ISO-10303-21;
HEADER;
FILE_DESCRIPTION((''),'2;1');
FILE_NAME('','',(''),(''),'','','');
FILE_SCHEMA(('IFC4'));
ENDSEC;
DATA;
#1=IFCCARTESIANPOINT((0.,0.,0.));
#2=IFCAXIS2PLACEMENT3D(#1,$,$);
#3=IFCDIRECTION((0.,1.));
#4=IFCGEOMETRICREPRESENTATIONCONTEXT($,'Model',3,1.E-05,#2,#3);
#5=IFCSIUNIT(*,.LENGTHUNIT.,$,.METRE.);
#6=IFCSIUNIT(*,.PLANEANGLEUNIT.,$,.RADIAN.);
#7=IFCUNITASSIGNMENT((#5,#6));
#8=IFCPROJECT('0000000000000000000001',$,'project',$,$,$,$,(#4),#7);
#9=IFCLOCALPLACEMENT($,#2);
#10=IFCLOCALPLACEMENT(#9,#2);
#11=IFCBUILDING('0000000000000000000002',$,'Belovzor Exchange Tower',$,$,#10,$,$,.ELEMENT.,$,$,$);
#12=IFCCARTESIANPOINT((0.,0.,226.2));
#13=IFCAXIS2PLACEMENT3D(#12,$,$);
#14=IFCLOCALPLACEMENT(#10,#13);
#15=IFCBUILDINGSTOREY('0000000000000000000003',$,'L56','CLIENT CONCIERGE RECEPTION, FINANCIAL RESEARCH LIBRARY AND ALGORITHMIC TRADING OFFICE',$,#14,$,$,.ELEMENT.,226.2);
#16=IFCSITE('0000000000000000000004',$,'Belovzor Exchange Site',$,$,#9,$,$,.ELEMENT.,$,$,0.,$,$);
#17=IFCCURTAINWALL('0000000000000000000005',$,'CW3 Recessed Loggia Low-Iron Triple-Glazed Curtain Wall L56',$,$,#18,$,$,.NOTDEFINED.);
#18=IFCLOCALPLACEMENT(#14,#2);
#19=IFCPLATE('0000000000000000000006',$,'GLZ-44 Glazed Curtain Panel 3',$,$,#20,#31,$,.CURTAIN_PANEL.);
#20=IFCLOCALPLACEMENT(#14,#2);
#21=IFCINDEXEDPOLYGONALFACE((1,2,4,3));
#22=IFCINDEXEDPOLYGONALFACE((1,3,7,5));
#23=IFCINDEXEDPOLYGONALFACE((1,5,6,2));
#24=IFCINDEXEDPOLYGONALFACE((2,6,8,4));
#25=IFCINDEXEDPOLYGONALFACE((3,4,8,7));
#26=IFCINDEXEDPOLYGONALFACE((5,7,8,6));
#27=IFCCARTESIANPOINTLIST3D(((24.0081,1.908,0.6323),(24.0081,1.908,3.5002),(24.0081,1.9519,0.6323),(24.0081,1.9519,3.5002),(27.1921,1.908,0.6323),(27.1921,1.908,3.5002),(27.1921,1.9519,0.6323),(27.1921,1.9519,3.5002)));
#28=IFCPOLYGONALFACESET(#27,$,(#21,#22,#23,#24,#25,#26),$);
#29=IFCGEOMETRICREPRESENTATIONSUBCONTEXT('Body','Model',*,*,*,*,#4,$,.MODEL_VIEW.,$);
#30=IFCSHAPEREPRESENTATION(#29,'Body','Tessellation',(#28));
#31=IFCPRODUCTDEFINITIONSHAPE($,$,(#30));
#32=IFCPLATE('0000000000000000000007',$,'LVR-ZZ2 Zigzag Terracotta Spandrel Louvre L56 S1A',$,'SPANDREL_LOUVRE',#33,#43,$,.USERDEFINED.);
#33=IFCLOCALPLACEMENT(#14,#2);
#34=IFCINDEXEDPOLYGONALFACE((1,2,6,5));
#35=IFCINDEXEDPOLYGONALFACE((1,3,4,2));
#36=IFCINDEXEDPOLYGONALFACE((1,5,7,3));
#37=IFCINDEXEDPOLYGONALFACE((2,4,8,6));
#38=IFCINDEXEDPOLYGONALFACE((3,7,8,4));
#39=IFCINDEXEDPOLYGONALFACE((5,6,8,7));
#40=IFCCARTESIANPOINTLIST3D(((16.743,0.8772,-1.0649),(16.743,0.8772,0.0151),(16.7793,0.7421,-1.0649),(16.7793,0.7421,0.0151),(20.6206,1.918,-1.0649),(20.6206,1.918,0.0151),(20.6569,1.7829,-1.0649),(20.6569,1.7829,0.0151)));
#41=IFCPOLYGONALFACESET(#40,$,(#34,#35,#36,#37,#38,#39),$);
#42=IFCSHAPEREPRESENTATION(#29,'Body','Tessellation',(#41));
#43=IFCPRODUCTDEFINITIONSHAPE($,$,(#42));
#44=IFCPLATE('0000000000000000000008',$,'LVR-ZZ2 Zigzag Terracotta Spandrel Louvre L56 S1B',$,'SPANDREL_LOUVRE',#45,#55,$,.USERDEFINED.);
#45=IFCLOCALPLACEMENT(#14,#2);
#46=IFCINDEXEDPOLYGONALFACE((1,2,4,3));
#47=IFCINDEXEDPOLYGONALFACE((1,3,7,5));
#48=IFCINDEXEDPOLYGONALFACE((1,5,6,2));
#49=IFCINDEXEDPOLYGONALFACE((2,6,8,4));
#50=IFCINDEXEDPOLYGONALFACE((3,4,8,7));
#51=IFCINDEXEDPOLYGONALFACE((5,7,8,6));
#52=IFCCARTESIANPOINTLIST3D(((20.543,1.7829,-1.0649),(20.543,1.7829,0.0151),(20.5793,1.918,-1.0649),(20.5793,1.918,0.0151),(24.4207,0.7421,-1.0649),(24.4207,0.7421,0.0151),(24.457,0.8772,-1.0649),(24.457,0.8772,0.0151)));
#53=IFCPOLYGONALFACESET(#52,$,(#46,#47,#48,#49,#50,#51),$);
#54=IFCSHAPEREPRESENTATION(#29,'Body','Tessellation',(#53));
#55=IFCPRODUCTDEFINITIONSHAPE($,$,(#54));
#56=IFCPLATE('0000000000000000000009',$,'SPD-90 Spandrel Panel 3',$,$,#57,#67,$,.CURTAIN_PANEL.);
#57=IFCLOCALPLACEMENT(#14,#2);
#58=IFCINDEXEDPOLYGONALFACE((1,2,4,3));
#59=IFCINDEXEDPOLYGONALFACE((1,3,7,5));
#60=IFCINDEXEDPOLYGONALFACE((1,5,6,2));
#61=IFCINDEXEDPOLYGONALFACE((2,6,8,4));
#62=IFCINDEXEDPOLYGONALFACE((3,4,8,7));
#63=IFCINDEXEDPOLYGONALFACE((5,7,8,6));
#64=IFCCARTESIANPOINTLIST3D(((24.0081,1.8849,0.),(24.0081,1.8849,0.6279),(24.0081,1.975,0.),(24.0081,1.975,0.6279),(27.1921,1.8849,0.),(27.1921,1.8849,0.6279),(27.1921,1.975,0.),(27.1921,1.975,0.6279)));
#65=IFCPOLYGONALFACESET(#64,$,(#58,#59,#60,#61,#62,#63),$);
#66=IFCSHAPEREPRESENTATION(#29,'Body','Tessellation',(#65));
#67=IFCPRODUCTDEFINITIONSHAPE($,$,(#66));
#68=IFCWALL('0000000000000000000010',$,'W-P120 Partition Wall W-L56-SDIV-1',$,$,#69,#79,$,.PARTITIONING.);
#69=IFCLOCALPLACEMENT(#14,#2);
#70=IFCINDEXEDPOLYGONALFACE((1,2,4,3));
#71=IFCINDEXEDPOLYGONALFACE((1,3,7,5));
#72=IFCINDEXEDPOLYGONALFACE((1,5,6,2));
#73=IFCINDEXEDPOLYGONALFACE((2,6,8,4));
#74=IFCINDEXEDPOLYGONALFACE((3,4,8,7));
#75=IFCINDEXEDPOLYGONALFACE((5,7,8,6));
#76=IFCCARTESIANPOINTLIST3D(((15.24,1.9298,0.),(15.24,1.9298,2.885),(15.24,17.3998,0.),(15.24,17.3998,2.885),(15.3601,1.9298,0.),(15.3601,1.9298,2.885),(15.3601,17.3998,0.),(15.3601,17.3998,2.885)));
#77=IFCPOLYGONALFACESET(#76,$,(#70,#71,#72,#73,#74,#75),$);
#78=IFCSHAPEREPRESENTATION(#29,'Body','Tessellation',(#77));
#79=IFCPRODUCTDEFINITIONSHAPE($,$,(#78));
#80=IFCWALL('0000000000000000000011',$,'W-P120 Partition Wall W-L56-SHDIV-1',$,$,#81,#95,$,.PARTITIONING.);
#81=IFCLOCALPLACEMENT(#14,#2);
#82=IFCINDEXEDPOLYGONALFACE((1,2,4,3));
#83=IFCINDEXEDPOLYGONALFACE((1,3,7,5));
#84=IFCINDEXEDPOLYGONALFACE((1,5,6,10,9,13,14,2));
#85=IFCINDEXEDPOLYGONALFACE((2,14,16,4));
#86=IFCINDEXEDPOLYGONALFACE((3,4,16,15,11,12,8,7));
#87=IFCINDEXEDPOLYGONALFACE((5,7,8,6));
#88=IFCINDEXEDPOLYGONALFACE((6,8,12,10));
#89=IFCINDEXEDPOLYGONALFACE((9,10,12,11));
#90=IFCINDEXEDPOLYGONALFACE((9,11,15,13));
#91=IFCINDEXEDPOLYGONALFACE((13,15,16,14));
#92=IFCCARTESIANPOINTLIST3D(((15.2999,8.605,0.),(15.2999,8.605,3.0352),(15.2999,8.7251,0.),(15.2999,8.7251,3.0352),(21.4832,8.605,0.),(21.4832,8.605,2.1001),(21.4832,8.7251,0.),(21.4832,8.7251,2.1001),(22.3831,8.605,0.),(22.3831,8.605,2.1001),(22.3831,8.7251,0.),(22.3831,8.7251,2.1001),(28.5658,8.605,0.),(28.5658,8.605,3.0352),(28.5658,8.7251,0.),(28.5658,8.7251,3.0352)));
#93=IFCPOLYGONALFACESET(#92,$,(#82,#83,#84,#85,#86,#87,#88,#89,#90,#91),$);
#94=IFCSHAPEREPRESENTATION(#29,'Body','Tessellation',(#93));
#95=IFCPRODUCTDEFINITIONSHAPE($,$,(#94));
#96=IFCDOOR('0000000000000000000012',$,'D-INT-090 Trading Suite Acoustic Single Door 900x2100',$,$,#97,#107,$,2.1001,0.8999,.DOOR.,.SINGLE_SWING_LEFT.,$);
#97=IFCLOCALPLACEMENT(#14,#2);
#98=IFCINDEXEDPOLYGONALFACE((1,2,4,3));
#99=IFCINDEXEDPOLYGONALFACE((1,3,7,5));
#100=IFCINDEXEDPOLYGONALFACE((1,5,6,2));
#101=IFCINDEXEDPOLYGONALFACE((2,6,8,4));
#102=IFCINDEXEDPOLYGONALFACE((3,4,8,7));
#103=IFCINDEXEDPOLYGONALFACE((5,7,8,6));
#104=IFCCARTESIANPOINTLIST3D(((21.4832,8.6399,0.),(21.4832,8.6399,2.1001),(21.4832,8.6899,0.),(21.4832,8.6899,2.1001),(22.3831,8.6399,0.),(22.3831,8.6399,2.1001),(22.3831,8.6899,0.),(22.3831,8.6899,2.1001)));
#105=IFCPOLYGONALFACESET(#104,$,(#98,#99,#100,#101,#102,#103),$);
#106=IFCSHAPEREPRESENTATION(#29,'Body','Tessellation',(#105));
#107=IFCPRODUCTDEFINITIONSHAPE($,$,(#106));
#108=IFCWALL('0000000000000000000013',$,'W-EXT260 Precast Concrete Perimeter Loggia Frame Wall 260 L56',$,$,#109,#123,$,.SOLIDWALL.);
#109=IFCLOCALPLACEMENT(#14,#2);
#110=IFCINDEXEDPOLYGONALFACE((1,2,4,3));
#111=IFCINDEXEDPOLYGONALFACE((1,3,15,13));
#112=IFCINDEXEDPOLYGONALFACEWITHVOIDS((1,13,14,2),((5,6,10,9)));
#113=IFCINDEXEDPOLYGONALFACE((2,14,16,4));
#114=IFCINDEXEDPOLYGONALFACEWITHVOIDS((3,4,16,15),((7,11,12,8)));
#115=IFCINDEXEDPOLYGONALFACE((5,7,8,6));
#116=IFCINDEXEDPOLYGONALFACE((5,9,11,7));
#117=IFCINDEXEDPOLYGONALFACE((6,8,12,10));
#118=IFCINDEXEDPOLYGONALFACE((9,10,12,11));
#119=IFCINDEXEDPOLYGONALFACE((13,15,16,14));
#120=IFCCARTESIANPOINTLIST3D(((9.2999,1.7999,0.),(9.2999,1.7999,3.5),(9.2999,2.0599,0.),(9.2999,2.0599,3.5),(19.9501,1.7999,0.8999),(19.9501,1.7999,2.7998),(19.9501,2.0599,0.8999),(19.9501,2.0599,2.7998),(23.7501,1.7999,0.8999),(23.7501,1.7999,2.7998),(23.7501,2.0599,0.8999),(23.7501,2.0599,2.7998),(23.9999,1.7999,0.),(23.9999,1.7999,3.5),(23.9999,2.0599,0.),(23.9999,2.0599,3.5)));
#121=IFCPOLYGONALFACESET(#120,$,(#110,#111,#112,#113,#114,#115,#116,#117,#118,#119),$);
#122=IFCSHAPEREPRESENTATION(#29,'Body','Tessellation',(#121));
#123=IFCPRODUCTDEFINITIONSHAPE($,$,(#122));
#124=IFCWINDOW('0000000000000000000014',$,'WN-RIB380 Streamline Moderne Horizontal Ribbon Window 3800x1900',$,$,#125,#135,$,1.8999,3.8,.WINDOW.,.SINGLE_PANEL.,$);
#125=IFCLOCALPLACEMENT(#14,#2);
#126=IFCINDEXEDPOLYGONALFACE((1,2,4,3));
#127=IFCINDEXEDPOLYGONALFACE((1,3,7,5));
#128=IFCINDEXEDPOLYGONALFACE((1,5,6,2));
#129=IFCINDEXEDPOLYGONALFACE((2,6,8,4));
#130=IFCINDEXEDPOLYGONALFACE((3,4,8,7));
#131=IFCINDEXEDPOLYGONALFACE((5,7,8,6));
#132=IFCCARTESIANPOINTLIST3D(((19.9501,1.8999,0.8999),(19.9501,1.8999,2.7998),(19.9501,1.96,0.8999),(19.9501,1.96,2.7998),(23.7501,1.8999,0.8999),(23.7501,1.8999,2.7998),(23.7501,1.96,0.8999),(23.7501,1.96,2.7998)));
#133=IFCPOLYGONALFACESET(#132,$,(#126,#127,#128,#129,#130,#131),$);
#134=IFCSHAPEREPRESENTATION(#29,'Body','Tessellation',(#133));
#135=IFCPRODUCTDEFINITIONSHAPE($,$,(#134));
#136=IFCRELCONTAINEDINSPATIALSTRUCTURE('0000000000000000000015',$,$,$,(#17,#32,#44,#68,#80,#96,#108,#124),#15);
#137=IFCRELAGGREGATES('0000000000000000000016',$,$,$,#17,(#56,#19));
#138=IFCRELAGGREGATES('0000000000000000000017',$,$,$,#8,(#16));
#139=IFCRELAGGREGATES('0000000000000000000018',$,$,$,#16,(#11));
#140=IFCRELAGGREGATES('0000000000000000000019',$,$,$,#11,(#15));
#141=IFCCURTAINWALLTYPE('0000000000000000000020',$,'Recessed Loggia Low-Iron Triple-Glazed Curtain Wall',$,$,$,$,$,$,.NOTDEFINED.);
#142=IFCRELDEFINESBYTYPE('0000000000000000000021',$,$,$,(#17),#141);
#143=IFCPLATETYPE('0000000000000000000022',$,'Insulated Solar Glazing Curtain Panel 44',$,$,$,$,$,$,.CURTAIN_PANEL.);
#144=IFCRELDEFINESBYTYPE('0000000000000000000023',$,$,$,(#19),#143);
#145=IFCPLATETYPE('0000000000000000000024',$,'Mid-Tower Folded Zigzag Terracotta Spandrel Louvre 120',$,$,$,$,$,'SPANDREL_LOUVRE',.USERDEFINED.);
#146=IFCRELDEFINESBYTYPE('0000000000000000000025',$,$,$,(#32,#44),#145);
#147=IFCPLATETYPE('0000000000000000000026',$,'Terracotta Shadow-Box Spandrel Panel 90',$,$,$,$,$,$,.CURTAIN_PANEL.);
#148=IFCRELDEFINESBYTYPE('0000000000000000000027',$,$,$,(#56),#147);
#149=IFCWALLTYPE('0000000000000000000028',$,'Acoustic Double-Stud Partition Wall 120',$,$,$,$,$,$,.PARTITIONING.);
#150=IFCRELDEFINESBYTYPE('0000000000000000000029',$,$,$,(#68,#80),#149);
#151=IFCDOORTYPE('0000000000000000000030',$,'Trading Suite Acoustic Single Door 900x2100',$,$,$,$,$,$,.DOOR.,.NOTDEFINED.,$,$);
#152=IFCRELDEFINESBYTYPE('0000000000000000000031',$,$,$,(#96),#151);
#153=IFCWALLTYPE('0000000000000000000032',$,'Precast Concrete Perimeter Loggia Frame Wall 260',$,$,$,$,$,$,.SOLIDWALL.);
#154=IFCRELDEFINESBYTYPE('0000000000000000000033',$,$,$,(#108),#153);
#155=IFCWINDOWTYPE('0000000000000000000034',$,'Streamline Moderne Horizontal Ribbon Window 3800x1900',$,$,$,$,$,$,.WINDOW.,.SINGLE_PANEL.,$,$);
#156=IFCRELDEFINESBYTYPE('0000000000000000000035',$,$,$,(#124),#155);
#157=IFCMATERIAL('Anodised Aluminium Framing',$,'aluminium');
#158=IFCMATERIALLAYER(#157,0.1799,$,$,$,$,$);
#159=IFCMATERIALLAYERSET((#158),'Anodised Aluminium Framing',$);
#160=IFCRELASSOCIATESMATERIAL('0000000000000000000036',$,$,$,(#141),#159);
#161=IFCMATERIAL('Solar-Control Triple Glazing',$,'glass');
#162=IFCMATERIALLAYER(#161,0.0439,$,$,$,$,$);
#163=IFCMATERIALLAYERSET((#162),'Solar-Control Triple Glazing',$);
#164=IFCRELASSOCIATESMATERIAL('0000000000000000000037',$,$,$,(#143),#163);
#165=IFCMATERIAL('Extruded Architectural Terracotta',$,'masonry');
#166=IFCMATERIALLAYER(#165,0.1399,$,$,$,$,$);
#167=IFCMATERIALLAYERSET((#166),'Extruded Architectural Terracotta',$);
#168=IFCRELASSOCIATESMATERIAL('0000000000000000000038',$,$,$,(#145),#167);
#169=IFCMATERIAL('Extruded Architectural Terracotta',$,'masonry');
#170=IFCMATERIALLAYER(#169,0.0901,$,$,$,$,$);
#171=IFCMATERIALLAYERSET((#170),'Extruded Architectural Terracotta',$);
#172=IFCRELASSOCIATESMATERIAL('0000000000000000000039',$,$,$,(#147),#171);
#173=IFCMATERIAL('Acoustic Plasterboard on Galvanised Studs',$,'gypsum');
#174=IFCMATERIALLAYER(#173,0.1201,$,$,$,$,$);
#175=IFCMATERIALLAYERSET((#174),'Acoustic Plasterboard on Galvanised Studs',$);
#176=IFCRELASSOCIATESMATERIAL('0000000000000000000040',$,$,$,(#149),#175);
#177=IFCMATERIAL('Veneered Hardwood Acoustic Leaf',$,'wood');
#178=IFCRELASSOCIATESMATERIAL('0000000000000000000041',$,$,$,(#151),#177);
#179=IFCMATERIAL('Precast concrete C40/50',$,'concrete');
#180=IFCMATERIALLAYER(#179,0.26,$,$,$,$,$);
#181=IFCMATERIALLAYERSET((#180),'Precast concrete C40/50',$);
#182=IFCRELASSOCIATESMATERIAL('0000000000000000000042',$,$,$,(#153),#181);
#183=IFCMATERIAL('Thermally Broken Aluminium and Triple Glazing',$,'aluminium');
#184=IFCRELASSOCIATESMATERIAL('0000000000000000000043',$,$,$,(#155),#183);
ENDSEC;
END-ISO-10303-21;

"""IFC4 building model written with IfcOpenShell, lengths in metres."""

from ifc_helpers import new_model, si_unit, direction, frame, frame_2d, origin, origin_2d, place, context, subcontext, project, spatial, rectangle, extrude, material, layer, layer_set, type_object, element, fill, aggregate, save


model = new_model("IFC4")

# Units and contexts
model_context = context("Model", 3, precision=1e-05, world=origin(), true_north=direction((0.0, 1.0)))
body_context = subcontext(model_context, "Body", "Model", "MODEL_VIEW")
ifc_project = project(units=[si_unit("LENGTHUNIT", "METRE"), si_unit("PLANEANGLEUNIT", "RADIAN")], contexts=[model_context])

# Site, building, storey
site_placement = place(None, origin())
site = spatial("IfcSite", under=ifc_project, at=site_placement, Name="Belovzor Exchange Site", CompositionType="ELEMENT", RefElevation=0.0)
building_placement = place(site_placement, origin())
building = spatial("IfcBuilding", under=site, at=building_placement, Name="Belovzor Exchange Tower", CompositionType="ELEMENT")
storey_placement = place(building_placement, frame((0.0, 0.0, 226.2)))
storey = spatial("IfcBuildingStorey", under=building, at=storey_placement, Name="L56", Description="CLIENT CONCIERGE RECEPTION, FINANCIAL RESEARCH LIBRARY AND ALGORITHMIC TRADING OFFICE", CompositionType="ELEMENT", Elevation=226.2)

# Curtain wall
ifc_material_1 = material(Name="Anodised Aluminium Framing", Category="aluminium")
ifc_layer_1 = layer(ifc_material_1, 0.1799)
ifc_layer_set_1 = layer_set([ifc_layer_1], Name="Anodised Aluminium Framing")
curtain_wall_type = type_object("IfcCurtainWallType", Name="Recessed Loggia Low-Iron Triple-Glazed Curtain Wall", PredefinedType="NOTDEFINED", material=ifc_layer_set_1)
curtain_wall_placement = place(storey_placement, origin())
curtain_wall = element("IfcCurtainWall", 1, at=curtain_wall_placement, inside=storey, type_object=curtain_wall_type, Name="CW3 Recessed Loggia Low-Iron Triple-Glazed Curtain Wall L56", PredefinedType="NOTDEFINED")

# Plate
ifc_material_2 = material(Name="Solar-Control Triple Glazing", Category="glass")
ifc_layer_2 = layer(ifc_material_2, 0.0439)
ifc_layer_set_2 = layer_set([ifc_layer_2], Name="Solar-Control Triple Glazing")
plate_type_1 = type_object("IfcPlateType", Name="Insulated Solar Glazing Curtain Panel 44", PredefinedType="CURTAIN_PANEL", material=ifc_layer_set_2)
plate_1_placement = place(storey_placement, frame((25.6001, 1.9299, 0.6323), z_axis=(0.0, 0.0, 1.0), x_axis=(-1.0, 0.0, 0.0)))
plate_1 = element("IfcPlate", 2, at=plate_1_placement, type_object=plate_type_1, Name="GLZ-44 Glazed Curtain Panel 3", PredefinedType="CURTAIN_PANEL", context=body_context, shape_type="SweptSolid", body=[
    extrude(rectangle(XDim=3.1841, YDim=0.0439, at=origin_2d()), origin(), (0.0, 0.0, 1.0), 2.8679),
])

# Plates
ifc_material_3 = material(Name="Extruded Architectural Terracotta", Category="masonry")
ifc_layer_3 = layer(ifc_material_3, 0.1399)
ifc_layer_set_3 = layer_set([ifc_layer_3], Name="Extruded Architectural Terracotta")
plate_type_2 = type_object("IfcPlateType", Name="Mid-Tower Folded Zigzag Terracotta Spandrel Louvre 120", ElementType="SPANDREL_LOUVRE", PredefinedType="USERDEFINED", material=ifc_layer_set_3)
for number, where, z_axis, x_axis, name in (
    (3, (18.7, 1.3301, -1.0649), (0.0, 0.0, 1.0), (0.965813, 0.25924, 0.0), "LVR-ZZ2 Zigzag Terracotta Spandrel Louvre L56 S1A"),
    (4, (22.5, 1.3301, -1.0649), (0.0, 0.0, 1.0), (0.965813, -0.25924, 0.0), "LVR-ZZ2 Zigzag Terracotta Spandrel Louvre L56 S1B"),
):
    element("IfcPlate", number, at=place(storey_placement, frame(where, z_axis=z_axis, x_axis=x_axis)), inside=storey, type_object=plate_type_2, Name=name, ObjectType="SPANDREL_LOUVRE", PredefinedType="USERDEFINED", context=body_context, shape_type="SweptSolid", body=[
        extrude(rectangle(XDim=4.0149, YDim=0.1399, at=origin_2d()), origin(), (0.0, 0.0, 1.0), 1.0801),
    ])

# Plate
ifc_material_4 = material(Name="Extruded Architectural Terracotta", Category="masonry")
ifc_layer_4 = layer(ifc_material_4, 0.0901)
ifc_layer_set_4 = layer_set([ifc_layer_4], Name="Extruded Architectural Terracotta")
plate_type_3 = type_object("IfcPlateType", Name="Terracotta Shadow-Box Spandrel Panel 90", PredefinedType="CURTAIN_PANEL", material=ifc_layer_set_4)
plate_2_placement = place(storey_placement, frame((25.6001, 1.9299, 0.0), z_axis=(0.0, 0.0, 1.0), x_axis=(-1.0, 0.0, 0.0)))
plate_2 = element("IfcPlate", 5, at=plate_2_placement, type_object=plate_type_3, Name="SPD-90 Spandrel Panel 3", PredefinedType="CURTAIN_PANEL", context=body_context, shape_type="SweptSolid", body=[
    extrude(rectangle(XDim=3.1841, YDim=0.0901, at=origin_2d()), origin(), (0.0, 0.0, 1.0), 0.6279),
])
aggregate(curtain_wall, [plate_2, plate_1])

# Wall
ifc_material_5 = material(Name="Acoustic Plasterboard on Galvanised Studs", Category="gypsum")
ifc_layer_5 = layer(ifc_material_5, 0.1201)
ifc_layer_set_5 = layer_set([ifc_layer_5], Name="Acoustic Plasterboard on Galvanised Studs")
wall_type_1 = type_object("IfcWallType", Name="Acoustic Double-Stud Partition Wall 120", PredefinedType="PARTITIONING", material=ifc_layer_set_5)
wall_1_placement = place(storey_placement, frame((15.3, 1.9299, 0.0), z_axis=(0.0, 0.0, 1.0), x_axis=(0.0, 1.0, 0.0)))
element("IfcWall", 6, at=wall_1_placement, inside=storey, type_object=wall_type_1, Name="W-P120 Partition Wall W-L56-SDIV-1", PredefinedType="PARTITIONING", context=body_context, shape_type="SweptSolid", body=[
    extrude(rectangle(XDim=15.47, YDim=0.1201, at=frame_2d((7.7349, 0.0))), origin(), (0.0, 0.0, 1.0), 2.885),
])

# Wall, opening, door
wall_2_placement = place(storey_placement, frame((15.3, 8.665, 0.0), z_axis=(0.0, 0.0, 1.0), x_axis=(1.0, 0.0, 0.0)))
wall_2 = element("IfcWall", 7, at=wall_2_placement, inside=storey, type_object=wall_type_1, Name="W-P120 Partition Wall W-L56-SHDIV-1", PredefinedType="PARTITIONING", context=body_context, shape_type="SweptSolid", body=[
    extrude(rectangle(XDim=13.2659, YDim=0.1201, at=frame_2d((6.6328, 0.0))), origin(), (0.0, 0.0, 1.0), 3.0352),
])
opening_1_placement = place(wall_2_placement, frame((6.1831, 0.0, 0.0)))
opening_1 = element("IfcOpeningElement", 8, at=opening_1_placement, cuts=wall_2, PredefinedType="OPENING", context=body_context, shape_type="SweptSolid", body=[
    extrude(rectangle(XDim=0.8999, YDim=2.1001, at=frame_2d((0.45, 1.05))), frame((0.0, 0.0701, 0.0), z_axis=(0.0, -1.0, 0.0), x_axis=(1.0, 0.0, 0.0)), (0.0, 0.0, 1.0), 0.1401),
])
ifc_material_6 = material(Name="Veneered Hardwood Acoustic Leaf", Category="wood")
door_type = type_object("IfcDoorType", Name="Trading Suite Acoustic Single Door 900x2100", OperationType="NOTDEFINED", PredefinedType="DOOR", material=ifc_material_6)
door_placement = place(opening_1_placement, origin())
door = element("IfcDoor", 9, at=door_placement, inside=storey, type_object=door_type, Name="D-INT-090 Trading Suite Acoustic Single Door 900x2100", OperationType="SINGLE_SWING_LEFT", OverallHeight=2.1001, OverallWidth=0.8999, PredefinedType="DOOR", context=body_context, shape_type="SweptSolid", body=[
    extrude(rectangle(XDim=0.8999, YDim=2.1001, at=frame_2d((0.45, 1.05))), frame((0.0, 0.0249, 0.0), z_axis=(0.0, -1.0, 0.0), x_axis=(1.0, 0.0, 0.0)), (0.0, 0.0, 1.0), 0.05),
])
fill(opening_1, door)

# Wall, opening, window
ifc_material_7 = material(Name="Precast concrete C40/50", Category="concrete")
ifc_layer_6 = layer(ifc_material_7, 0.26)
ifc_layer_set_6 = layer_set([ifc_layer_6], Name="Precast concrete C40/50")
wall_type_2 = type_object("IfcWallType", Name="Precast Concrete Perimeter Loggia Frame Wall 260", PredefinedType="SOLIDWALL", material=ifc_layer_set_6)
wall_3_placement = place(storey_placement, frame((24.0, 1.9299, 0.0), z_axis=(0.0, 0.0, 1.0), x_axis=(-1.0, 0.0, 0.0)))
wall_3 = element("IfcWall", 10, at=wall_3_placement, inside=storey, type_object=wall_type_2, Name="W-EXT260 Precast Concrete Perimeter Loggia Frame Wall 260 L56", PredefinedType="SOLIDWALL", context=body_context, shape_type="SweptSolid", body=[
    extrude(rectangle(XDim=14.7, YDim=0.26, at=frame_2d((7.3501, 0.0))), origin(), (0.0, 0.0, 1.0), 3.5),
])
opening_2_placement = place(wall_3_placement, frame((0.25, 0.0, 0.8999)))
opening_2 = element("IfcOpeningElement", 11, at=opening_2_placement, cuts=wall_3, PredefinedType="OPENING", context=body_context, shape_type="SweptSolid", body=[
    extrude(rectangle(XDim=3.8, YDim=1.8999, at=frame_2d((1.8999, 0.95))), frame((0.0, 0.1399, 0.0), z_axis=(0.0, -1.0, 0.0), x_axis=(1.0, 0.0, 0.0)), (0.0, 0.0, 1.0), 0.28),
])
ifc_material_8 = material(Name="Thermally Broken Aluminium and Triple Glazing", Category="aluminium")
window_type = type_object("IfcWindowType", Name="Streamline Moderne Horizontal Ribbon Window 3800x1900", PartitioningType="SINGLE_PANEL", PredefinedType="WINDOW", material=ifc_material_8)
window_placement = place(opening_2_placement, origin())
window = element("IfcWindow", 12, at=window_placement, inside=storey, type_object=window_type, Name="WN-RIB380 Streamline Moderne Horizontal Ribbon Window 3800x1900", OverallHeight=1.8999, OverallWidth=3.8, PartitioningType="SINGLE_PANEL", PredefinedType="WINDOW", context=body_context, shape_type="SweptSolid", body=[
    extrude(rectangle(XDim=3.8, YDim=1.8999, at=frame_2d((1.8999, 0.95))), frame((0.0, 0.03, 0.0), z_axis=(0.0, -1.0, 0.0), x_axis=(1.0, 0.0, 0.0)), (0.0, 0.0, 1.0), 0.0601),
])
fill(opening_2, window)

save(model, "model.ifc")
